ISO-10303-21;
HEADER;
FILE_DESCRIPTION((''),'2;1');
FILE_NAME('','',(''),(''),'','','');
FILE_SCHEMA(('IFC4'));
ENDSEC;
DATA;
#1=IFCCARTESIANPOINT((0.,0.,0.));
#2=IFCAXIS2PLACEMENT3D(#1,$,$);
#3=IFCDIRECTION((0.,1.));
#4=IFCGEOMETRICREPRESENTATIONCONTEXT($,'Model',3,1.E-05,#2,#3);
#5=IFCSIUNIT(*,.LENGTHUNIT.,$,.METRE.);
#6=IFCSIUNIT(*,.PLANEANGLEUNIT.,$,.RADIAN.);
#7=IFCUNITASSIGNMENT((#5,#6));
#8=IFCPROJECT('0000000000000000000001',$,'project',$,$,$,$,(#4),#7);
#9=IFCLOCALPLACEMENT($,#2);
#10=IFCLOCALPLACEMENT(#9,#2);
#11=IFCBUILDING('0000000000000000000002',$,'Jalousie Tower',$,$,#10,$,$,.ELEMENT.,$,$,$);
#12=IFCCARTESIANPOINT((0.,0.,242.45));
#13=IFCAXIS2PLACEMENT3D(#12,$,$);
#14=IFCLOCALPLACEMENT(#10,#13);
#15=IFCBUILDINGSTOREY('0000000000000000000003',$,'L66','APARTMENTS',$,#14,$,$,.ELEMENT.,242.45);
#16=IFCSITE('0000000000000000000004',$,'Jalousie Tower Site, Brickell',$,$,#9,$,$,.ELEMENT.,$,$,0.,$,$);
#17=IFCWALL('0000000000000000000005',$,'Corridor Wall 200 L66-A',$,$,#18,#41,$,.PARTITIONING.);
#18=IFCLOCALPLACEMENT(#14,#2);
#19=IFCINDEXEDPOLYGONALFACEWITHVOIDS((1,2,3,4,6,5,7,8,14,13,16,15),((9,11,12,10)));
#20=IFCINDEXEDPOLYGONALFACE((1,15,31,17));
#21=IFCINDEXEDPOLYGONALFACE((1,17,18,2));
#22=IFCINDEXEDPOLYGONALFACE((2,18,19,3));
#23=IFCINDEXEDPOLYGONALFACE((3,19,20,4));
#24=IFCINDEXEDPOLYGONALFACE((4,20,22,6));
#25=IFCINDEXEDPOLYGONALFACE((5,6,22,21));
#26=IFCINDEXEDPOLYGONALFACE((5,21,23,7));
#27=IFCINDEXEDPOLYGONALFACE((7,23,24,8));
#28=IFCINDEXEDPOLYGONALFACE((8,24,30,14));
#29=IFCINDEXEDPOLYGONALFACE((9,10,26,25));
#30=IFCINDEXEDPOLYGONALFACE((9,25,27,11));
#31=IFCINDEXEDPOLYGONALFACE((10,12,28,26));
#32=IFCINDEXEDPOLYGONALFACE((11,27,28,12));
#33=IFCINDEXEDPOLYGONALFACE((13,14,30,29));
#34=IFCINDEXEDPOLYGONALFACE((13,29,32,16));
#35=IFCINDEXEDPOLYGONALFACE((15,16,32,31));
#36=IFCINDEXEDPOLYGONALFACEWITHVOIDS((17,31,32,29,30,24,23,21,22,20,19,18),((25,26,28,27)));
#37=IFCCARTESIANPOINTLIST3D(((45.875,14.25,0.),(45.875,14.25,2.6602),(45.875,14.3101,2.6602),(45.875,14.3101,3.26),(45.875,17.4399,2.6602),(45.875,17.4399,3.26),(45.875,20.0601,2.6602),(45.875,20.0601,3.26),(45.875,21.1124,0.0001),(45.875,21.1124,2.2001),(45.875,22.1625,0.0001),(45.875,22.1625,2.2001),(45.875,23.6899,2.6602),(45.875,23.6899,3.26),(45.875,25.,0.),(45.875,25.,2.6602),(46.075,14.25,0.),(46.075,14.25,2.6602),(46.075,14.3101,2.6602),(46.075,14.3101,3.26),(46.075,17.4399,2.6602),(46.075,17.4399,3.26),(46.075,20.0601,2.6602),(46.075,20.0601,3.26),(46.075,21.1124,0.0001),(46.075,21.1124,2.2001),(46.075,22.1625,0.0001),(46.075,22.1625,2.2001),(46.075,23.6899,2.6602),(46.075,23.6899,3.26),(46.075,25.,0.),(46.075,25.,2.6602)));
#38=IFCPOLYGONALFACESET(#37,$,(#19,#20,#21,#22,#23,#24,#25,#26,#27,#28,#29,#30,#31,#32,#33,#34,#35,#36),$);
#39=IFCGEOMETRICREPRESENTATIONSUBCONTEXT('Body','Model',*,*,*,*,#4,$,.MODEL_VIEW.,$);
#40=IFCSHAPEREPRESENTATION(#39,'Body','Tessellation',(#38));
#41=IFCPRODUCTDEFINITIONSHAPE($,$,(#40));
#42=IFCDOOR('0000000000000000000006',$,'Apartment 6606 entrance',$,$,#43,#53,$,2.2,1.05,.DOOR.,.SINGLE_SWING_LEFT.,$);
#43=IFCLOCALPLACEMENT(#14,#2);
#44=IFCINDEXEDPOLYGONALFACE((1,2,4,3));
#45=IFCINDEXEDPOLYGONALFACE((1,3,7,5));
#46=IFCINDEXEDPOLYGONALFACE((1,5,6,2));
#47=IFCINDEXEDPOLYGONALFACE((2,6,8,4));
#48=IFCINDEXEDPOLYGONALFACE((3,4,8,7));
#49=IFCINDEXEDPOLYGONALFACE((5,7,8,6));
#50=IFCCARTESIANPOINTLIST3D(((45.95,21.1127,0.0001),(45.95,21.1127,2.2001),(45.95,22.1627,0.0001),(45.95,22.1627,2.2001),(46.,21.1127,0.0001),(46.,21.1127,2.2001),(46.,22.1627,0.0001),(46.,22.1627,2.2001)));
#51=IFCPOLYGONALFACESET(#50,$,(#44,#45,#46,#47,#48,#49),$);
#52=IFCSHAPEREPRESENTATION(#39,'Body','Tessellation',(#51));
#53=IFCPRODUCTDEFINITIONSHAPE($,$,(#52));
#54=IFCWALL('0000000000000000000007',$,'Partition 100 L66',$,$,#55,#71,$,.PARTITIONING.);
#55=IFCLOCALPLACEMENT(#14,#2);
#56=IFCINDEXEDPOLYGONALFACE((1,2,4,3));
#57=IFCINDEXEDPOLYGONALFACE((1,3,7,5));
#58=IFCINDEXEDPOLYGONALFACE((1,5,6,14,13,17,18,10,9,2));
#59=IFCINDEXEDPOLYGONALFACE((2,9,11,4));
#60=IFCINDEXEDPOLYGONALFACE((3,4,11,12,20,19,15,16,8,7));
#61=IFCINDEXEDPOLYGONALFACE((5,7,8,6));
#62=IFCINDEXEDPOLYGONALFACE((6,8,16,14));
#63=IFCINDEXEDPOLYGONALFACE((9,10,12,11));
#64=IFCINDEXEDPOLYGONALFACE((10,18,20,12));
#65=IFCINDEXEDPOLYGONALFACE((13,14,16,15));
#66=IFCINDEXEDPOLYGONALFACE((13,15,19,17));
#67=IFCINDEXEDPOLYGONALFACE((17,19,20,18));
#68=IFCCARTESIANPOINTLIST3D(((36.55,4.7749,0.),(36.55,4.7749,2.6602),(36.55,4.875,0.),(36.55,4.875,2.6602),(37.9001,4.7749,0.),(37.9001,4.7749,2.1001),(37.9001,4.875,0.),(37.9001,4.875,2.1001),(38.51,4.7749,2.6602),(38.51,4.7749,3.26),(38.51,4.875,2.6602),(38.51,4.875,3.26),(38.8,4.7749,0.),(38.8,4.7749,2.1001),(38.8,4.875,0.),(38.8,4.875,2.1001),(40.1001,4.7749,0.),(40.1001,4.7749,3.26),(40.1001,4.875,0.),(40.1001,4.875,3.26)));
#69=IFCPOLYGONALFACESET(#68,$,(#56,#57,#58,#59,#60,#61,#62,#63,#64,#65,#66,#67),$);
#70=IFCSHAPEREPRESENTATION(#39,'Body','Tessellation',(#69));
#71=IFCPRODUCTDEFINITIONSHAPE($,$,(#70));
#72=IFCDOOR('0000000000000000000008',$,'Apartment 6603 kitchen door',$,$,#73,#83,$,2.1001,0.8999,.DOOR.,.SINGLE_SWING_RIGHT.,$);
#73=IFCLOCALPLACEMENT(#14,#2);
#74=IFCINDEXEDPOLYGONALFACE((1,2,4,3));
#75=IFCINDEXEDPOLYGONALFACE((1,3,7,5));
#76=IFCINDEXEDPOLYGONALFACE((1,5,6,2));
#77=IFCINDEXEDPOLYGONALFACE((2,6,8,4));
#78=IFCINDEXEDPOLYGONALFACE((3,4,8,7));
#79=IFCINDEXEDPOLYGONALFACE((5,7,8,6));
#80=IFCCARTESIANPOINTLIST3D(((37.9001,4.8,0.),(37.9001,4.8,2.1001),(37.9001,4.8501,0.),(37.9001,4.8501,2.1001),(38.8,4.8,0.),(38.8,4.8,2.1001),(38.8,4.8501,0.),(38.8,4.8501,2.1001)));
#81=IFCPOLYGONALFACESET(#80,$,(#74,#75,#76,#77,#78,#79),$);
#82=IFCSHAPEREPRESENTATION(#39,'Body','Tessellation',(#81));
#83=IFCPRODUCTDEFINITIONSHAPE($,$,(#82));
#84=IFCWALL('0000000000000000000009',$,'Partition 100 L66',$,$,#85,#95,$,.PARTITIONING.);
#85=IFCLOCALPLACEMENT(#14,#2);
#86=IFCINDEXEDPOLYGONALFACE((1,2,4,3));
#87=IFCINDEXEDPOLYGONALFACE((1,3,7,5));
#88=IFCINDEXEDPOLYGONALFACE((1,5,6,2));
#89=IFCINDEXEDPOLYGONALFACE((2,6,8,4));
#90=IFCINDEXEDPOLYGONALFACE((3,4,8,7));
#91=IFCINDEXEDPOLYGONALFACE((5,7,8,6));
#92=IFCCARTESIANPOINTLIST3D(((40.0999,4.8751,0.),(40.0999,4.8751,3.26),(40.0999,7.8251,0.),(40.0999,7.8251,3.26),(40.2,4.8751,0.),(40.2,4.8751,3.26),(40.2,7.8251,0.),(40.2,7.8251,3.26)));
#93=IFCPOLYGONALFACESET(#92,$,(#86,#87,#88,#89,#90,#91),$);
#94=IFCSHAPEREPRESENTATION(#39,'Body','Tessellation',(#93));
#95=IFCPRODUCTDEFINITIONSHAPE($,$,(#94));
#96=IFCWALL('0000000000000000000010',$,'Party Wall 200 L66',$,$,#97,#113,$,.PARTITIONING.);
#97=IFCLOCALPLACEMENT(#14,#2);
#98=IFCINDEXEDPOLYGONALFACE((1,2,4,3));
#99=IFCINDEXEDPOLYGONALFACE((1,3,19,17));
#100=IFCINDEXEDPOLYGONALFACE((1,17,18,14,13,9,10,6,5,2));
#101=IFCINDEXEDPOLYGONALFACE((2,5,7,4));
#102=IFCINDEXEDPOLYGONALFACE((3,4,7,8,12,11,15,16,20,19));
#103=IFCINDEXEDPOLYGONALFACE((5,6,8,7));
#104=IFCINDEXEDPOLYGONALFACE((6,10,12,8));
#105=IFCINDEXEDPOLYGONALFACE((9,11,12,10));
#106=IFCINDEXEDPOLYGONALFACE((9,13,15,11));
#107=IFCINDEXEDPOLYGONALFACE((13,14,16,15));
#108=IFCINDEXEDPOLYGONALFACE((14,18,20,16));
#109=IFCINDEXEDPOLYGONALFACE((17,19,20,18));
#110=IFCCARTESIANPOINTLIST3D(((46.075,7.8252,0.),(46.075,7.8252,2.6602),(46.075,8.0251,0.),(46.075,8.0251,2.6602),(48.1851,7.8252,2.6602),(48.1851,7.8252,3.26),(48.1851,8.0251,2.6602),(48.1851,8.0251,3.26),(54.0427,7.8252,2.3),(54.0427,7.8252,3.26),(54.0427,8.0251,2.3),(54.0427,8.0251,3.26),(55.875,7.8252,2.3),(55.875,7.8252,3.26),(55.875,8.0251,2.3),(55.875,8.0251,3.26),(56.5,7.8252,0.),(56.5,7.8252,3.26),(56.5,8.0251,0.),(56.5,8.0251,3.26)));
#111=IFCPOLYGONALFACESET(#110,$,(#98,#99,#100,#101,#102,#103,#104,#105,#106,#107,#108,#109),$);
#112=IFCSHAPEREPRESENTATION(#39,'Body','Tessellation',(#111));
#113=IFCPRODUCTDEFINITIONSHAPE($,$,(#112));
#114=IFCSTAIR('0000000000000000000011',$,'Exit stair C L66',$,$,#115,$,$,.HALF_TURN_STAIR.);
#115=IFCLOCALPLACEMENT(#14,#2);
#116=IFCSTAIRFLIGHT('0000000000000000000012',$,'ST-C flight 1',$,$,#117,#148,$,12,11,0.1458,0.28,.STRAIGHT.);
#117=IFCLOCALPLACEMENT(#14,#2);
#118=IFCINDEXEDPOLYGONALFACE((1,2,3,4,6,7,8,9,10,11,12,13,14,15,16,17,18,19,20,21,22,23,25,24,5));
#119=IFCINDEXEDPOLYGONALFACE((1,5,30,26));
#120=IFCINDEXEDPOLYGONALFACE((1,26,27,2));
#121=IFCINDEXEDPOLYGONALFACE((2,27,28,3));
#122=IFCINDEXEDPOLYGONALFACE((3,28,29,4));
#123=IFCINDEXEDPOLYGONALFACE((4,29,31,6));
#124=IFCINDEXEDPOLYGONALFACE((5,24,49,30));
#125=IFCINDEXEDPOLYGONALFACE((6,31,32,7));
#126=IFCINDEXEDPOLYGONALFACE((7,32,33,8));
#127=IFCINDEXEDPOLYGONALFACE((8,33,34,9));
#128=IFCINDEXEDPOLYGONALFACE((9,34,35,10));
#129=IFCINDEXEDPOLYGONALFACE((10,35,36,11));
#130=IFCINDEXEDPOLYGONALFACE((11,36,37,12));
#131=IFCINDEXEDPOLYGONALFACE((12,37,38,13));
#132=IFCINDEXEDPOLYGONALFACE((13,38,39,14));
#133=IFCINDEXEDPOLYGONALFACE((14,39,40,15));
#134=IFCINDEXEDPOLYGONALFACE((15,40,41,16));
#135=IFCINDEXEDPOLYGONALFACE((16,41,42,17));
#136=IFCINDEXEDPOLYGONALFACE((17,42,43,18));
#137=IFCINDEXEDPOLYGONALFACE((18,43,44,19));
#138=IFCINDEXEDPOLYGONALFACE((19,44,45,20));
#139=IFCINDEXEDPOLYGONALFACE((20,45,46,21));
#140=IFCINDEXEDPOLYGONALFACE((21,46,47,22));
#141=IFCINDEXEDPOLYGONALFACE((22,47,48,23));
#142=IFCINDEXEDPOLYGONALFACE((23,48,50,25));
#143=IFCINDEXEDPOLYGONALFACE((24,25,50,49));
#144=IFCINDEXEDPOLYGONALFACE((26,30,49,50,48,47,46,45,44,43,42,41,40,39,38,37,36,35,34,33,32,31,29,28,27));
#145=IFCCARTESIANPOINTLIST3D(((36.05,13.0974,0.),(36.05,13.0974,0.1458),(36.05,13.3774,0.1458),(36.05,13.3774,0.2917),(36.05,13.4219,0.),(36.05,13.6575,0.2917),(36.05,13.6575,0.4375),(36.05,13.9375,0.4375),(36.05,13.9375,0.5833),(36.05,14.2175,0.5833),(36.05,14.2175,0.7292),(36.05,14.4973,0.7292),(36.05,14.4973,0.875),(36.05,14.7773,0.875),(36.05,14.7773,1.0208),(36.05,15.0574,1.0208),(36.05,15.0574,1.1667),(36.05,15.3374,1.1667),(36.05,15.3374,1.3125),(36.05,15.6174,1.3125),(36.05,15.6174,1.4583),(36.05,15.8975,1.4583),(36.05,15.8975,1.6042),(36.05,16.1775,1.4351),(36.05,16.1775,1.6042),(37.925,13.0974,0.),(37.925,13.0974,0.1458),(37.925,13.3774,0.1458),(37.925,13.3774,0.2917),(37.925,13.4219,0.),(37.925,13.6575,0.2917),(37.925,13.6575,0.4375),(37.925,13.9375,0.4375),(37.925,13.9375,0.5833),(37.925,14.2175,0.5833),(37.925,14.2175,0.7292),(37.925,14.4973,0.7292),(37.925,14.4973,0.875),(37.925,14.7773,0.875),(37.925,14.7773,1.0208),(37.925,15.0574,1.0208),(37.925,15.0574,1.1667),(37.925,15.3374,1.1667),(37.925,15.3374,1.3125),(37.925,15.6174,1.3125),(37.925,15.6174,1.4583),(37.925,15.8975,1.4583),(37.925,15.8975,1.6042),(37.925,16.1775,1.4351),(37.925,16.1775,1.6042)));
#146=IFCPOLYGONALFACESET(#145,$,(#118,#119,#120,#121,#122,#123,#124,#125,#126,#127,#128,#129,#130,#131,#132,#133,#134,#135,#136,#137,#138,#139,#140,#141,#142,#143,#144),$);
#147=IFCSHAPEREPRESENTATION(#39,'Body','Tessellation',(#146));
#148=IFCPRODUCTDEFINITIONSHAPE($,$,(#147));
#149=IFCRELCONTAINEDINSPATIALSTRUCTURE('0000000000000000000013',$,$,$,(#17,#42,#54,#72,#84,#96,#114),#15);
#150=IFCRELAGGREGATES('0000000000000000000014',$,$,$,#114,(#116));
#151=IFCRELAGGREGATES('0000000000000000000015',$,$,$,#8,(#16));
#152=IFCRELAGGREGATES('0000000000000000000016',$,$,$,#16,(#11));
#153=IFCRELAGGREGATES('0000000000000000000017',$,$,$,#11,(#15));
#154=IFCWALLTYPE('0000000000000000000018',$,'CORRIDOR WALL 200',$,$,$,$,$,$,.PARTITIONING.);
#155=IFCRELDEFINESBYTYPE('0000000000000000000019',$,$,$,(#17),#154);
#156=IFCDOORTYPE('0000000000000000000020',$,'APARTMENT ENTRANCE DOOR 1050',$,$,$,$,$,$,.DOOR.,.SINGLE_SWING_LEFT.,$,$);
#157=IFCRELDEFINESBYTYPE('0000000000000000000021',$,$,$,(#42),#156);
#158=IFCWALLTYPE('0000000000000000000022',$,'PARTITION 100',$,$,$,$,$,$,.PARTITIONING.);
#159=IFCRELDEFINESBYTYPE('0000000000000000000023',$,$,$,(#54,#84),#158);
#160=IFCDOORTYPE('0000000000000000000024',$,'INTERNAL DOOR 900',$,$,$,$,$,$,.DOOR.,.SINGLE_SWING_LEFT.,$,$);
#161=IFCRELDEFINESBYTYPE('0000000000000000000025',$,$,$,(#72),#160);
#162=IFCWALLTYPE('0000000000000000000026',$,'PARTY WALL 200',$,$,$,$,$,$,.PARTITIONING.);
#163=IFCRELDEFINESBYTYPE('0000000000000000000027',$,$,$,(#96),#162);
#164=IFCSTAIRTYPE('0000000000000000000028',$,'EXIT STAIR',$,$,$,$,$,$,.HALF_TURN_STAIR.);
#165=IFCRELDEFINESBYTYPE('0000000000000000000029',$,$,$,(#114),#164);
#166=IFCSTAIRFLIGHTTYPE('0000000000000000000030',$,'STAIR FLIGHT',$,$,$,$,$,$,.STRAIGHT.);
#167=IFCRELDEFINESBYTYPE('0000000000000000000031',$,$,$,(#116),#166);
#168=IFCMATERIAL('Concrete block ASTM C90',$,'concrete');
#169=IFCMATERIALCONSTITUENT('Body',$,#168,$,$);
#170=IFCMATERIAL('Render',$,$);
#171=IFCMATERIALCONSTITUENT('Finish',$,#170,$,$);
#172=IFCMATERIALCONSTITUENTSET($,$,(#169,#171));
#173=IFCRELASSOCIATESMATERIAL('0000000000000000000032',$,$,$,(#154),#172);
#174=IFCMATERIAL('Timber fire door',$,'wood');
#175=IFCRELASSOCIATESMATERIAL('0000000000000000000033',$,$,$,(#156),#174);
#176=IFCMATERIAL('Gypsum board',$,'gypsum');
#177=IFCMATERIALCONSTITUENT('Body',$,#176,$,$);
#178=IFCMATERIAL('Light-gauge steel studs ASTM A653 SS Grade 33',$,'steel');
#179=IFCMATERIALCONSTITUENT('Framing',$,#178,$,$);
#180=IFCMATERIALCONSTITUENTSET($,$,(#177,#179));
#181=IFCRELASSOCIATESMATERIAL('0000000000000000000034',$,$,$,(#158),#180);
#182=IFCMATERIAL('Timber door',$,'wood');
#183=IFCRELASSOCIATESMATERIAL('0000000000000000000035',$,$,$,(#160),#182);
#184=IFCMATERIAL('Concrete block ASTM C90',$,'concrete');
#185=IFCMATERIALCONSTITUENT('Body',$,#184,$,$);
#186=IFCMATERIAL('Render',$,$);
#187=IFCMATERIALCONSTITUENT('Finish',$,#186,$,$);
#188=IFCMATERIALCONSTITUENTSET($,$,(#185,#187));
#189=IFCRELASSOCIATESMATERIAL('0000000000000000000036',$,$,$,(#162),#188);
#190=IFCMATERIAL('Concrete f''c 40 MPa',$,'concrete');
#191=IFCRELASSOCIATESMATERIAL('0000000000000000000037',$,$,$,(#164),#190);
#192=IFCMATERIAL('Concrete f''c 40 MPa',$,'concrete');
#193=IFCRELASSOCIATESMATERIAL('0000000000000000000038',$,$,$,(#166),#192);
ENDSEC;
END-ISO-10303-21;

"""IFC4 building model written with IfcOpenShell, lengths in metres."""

from ifc_helpers import new_model, si_unit, direction, frame, frame_2d, origin, place, context, subcontext, project, spatial, polyline, rectangle, outline, extrude, material, constituent, constituent_set, type_object, element, fill, aggregate, save


model = new_model("IFC4")

# Units and contexts
model_context = context("Model", 3, precision=1e-05, world=origin(), true_north=direction((0.0, 1.0)))
body_context = subcontext(model_context, "Body", "Model", "MODEL_VIEW")
ifc_project = project(units=[si_unit("LENGTHUNIT", "METRE"), si_unit("PLANEANGLEUNIT", "RADIAN")], contexts=[model_context])

# Site, building, storey
site_placement = place(None, origin())
site = spatial("IfcSite", under=ifc_project, at=site_placement, Name="Jalousie Tower Site, Brickell", CompositionType="ELEMENT", RefElevation=0.0)
building_placement = place(site_placement, origin())
building = spatial("IfcBuilding", under=site, at=building_placement, Name="Jalousie Tower", CompositionType="ELEMENT")
storey_placement = place(building_placement, frame((0.0, 0.0, 242.45)))
storey = spatial("IfcBuildingStorey", under=building, at=storey_placement, Name="L66", Description="APARTMENTS", CompositionType="ELEMENT", Elevation=242.45)

# Walls, openings, doors
ifc_material_1 = material(Name="Concrete block ASTM C90", Category="concrete")
ifc_constituent_1 = constituent(ifc_material_1, Name="Body")
ifc_material_2 = material(Name="Render")
ifc_constituent_2 = constituent(ifc_material_2, Name="Finish")
ifc_constituent_set_1 = constituent_set(constituents=[ifc_constituent_1, ifc_constituent_2])
wall_type_1 = type_object("IfcWallType", Name="CORRIDOR WALL 200", PredefinedType="PARTITIONING", material=ifc_constituent_set_1)
ifc_material_3 = material(Name="Timber fire door", Category="wood")
door_type_1 = type_object("IfcDoorType", Name="APARTMENT ENTRANCE DOOR 1050", OperationType="SINGLE_SWING_LEFT", PredefinedType="DOOR", material=ifc_material_3)
wall_1_placement = place(storey_placement, frame((45.9751, 14.25, 0.0), z_axis=(0.0, 0.0, 1.0), x_axis=(0.0, 1.0, 0.0)))
wall_1 = element("IfcWall", 1, at=wall_1_placement, inside=storey, type_object=wall_type_1, Name="Corridor Wall 200 L66-A", PredefinedType="PARTITIONING", context=body_context, shape_type="SweptSolid", body=[
    extrude(outline(polyline([(0.0, 0.0), (10.75, 0.0), (10.75, 2.6602), (9.4399, 2.6602), (9.4399, 3.26), (5.8101, 3.26), (5.8101, 2.6602), (3.1899, 2.6602), (3.1899, 3.26), (0.0601, 3.26), (0.0601, 2.6602), (0.0, 2.6602), (0.0, 0.0)])), frame((0.0, 0.1001, 0.0), z_axis=(0.0, -1.0, 0.0), x_axis=(1.0, 0.0, 0.0)), (0.0, 0.0, 1.0), 0.2),
])
opening_1_placement = place(wall_1_placement, frame((6.8625, 0.0, 0.0)))
opening_1 = element("IfcOpeningElement", 2, at=opening_1_placement, cuts=wall_1, PredefinedType="OPENING", context=body_context, shape_type="SweptSolid", body=[
    extrude(rectangle(XDim=1.05, YDim=2.2, at=frame_2d((0.5249, 1.1001))), frame((0.0, 0.1099, 0.0), z_axis=(0.0, -1.0, 0.0), x_axis=(1.0, 0.0, 0.0)), (0.0, 0.0, 1.0), 0.22),
])
door_1_placement = place(opening_1_placement, frame((1.05, 0.0, 0.0), z_axis=(0.0, 0.0, 1.0), x_axis=(-1.0, 0.0, 0.0)))
door_1 = element("IfcDoor", 3, at=door_1_placement, inside=storey, type_object=door_type_1, Name="Apartment 6606 entrance", OperationType="SINGLE_SWING_LEFT", OverallHeight=2.2, OverallWidth=1.05, PredefinedType="DOOR", context=body_context, shape_type="SweptSolid", body=[
    extrude(rectangle(XDim=1.05, YDim=2.2, at=frame_2d((0.5249, 1.1001))), frame((0.0, 0.0249, 0.0), z_axis=(0.0, -1.0, 0.0), x_axis=(1.0, 0.0, 0.0)), (0.0, 0.0, 1.0), 0.05),
])
fill(opening_1, door_1)
ifc_material_4 = material(Name="Gypsum board", Category="gypsum")
ifc_constituent_3 = constituent(ifc_material_4, Name="Body")
ifc_material_5 = material(Name="Light-gauge steel studs ASTM A653 SS Grade 33", Category="steel")
ifc_constituent_4 = constituent(ifc_material_5, Name="Framing")
ifc_constituent_set_2 = constituent_set(constituents=[ifc_constituent_3, ifc_constituent_4])
wall_type_2 = type_object("IfcWallType", Name="PARTITION 100", PredefinedType="PARTITIONING", material=ifc_constituent_set_2)
wall_2_placement = place(storey_placement, frame((36.55, 4.825, 0.0), z_axis=(0.0, 0.0, 1.0), x_axis=(1.0, 0.0, 0.0)))
wall_2 = element("IfcWall", 4, at=wall_2_placement, inside=storey, type_object=wall_type_2, Name="Partition 100 L66", PredefinedType="PARTITIONING", context=body_context, shape_type="SweptSolid", body=[
    extrude(outline(polyline([(0.0, 0.0), (3.55, 0.0), (3.55, 3.26), (1.96, 3.26), (1.96, 2.6602), (0.0, 2.6602), (0.0, 3.26), (0.0, 0.0)])), frame((0.0, 0.05, 0.0), z_axis=(0.0, -1.0, 0.0), x_axis=(1.0, 0.0, 0.0)), (0.0, 0.0, 1.0), 0.1001),
])
opening_2_placement = place(wall_2_placement, frame((1.3501, 0.0, 0.0)))
opening_2 = element("IfcOpeningElement", 5, at=opening_2_placement, cuts=wall_2, PredefinedType="OPENING", context=body_context, shape_type="SweptSolid", body=[
    extrude(rectangle(XDim=0.8999, YDim=2.1001, at=frame_2d((0.45, 1.05))), frame((0.0, 0.0601, 0.0), z_axis=(0.0, -1.0, 0.0), x_axis=(1.0, 0.0, 0.0)), (0.0, 0.0, 1.0), 0.1201),
])
ifc_material_6 = material(Name="Timber door", Category="wood")
door_type_2 = type_object("IfcDoorType", Name="INTERNAL DOOR 900", OperationType="SINGLE_SWING_LEFT", PredefinedType="DOOR", material=ifc_material_6)
door_2_placement = place(opening_2_placement, frame((0.8999, 0.0, 0.0), z_axis=(0.0, 0.0, 1.0), x_axis=(-1.0, 0.0, 0.0)))
door_2 = element("IfcDoor", 6, at=door_2_placement, inside=storey, type_object=door_type_2, Name="Apartment 6603 kitchen door", OperationType="SINGLE_SWING_RIGHT", OverallHeight=2.1001, OverallWidth=0.8999, PredefinedType="DOOR", context=body_context, shape_type="SweptSolid", body=[
    extrude(rectangle(XDim=0.8999, YDim=2.1001, at=frame_2d((0.45, 1.05))), frame((0.0, 0.0249, 0.0), z_axis=(0.0, -1.0, 0.0), x_axis=(1.0, 0.0, 0.0)), (0.0, 0.0, 1.0), 0.05),
])
fill(opening_2, door_2)

# Walls
wall_3_placement = place(storey_placement, frame((40.1499, 4.875, 0.0), z_axis=(0.0, 0.0, 1.0), x_axis=(0.0, 1.0, 0.0)))
element("IfcWall", 7, at=wall_3_placement, inside=storey, type_object=wall_type_2, Name="Partition 100 L66", PredefinedType="PARTITIONING", context=body_context, shape_type="SweptSolid", body=[
    extrude(rectangle(XDim=2.95, YDim=0.1001, at=frame_2d((1.4751, 0.0))), origin(), (0.0, 0.0, 1.0), 3.26),
])
ifc_material_7 = material(Name="Concrete block ASTM C90", Category="concrete")
ifc_constituent_5 = constituent(ifc_material_7, Name="Body")
ifc_material_8 = material(Name="Render")
ifc_constituent_6 = constituent(ifc_material_8, Name="Finish")
ifc_constituent_set_3 = constituent_set(constituents=[ifc_constituent_5, ifc_constituent_6])
wall_type_3 = type_object("IfcWallType", Name="PARTY WALL 200", PredefinedType="PARTITIONING", material=ifc_constituent_set_3)
wall_4_placement = place(storey_placement, frame((46.075, 7.925, 0.0), z_axis=(0.0, 0.0, 1.0), x_axis=(1.0, 0.0, 0.0)))
element("IfcWall", 8, at=wall_4_placement, inside=storey, type_object=wall_type_3, Name="Party Wall 200 L66", PredefinedType="PARTITIONING", context=body_context, shape_type="SweptSolid", body=[
    extrude(outline(polyline([(0.0, 0.0), (10.425, 0.0), (10.425, 3.26), (9.8, 3.26), (9.8, 2.3), (7.9678, 2.3), (7.9678, 3.26), (2.1101, 3.26), (2.1101, 2.6602), (0.0, 2.6602), (0.0, 3.26), (0.0, 0.0)])), frame((0.0, 0.1001, 0.0), z_axis=(0.0, -1.0, 0.0), x_axis=(1.0, 0.0, 0.0)), (0.0, 0.0, 1.0), 0.2),
])

# Stair, stair flight
ifc_material_9 = material(Name="Concrete f'c 40 MPa", Category="concrete")
stair_type = type_object("IfcStairType", Name="EXIT STAIR", PredefinedType="HALF_TURN_STAIR", material=ifc_material_9)
stair_placement = place(storey_placement, origin())
stair = element("IfcStair", 9, at=stair_placement, inside=storey, type_object=stair_type, Name="Exit stair C L66", PredefinedType="HALF_TURN_STAIR")
ifc_material_10 = material(Name="Concrete f'c 40 MPa", Category="concrete")
stair_flight_type = type_object("IfcStairFlightType", Name="STAIR FLIGHT", PredefinedType="STRAIGHT", material=ifc_material_10)
stair_flight_1_placement = place(storey_placement, frame((36.9875, 13.0974, 0.0), z_axis=(0.0, 0.0, 1.0), x_axis=(0.0, 1.0, 0.0)))
stair_flight_1 = element("IfcStairFlight", 10, at=stair_flight_1_placement, type_object=stair_flight_type, Name="ST-C flight 1", NumberOfRisers=12, NumberOfTreads=11, PredefinedType="STRAIGHT", RiserHeight=0.1458, TreadLength=0.28, context=body_context, shape_type="SweptSolid", body=[
    extrude(outline(polyline([(0.0, 0.0), (0.0, 0.1458), (0.28, 0.1458), (0.28, 0.2917), (0.5601, 0.2917), (0.5601, 0.4375), (0.8401, 0.4375), (0.8401, 0.5833), (1.1201, 0.5833), (1.1201, 0.7292), (1.3999, 0.7292), (1.3999, 0.875), (1.6799, 0.875), (1.6799, 1.0208), (1.96, 1.0208), (1.96, 1.1667), (2.24, 1.1667), (2.24, 1.3125), (2.52, 1.3125), (2.52, 1.4583), (2.8, 1.4583), (2.8, 1.6042), (3.0801, 1.6042), (3.0801, 1.75), (3.0801, 1.4351), (0.3245, 0.0), (0.0, 0.0)])), frame((0.0, 0.9375, 0.0), z_axis=(0.0, -1.0, 0.0), x_axis=(1.0, 0.0, 0.0)), (0.0, 0.0, 1.0), 1.875),
])
aggregate(stair, [stair_flight_1])

save(model, "model.ifc")
